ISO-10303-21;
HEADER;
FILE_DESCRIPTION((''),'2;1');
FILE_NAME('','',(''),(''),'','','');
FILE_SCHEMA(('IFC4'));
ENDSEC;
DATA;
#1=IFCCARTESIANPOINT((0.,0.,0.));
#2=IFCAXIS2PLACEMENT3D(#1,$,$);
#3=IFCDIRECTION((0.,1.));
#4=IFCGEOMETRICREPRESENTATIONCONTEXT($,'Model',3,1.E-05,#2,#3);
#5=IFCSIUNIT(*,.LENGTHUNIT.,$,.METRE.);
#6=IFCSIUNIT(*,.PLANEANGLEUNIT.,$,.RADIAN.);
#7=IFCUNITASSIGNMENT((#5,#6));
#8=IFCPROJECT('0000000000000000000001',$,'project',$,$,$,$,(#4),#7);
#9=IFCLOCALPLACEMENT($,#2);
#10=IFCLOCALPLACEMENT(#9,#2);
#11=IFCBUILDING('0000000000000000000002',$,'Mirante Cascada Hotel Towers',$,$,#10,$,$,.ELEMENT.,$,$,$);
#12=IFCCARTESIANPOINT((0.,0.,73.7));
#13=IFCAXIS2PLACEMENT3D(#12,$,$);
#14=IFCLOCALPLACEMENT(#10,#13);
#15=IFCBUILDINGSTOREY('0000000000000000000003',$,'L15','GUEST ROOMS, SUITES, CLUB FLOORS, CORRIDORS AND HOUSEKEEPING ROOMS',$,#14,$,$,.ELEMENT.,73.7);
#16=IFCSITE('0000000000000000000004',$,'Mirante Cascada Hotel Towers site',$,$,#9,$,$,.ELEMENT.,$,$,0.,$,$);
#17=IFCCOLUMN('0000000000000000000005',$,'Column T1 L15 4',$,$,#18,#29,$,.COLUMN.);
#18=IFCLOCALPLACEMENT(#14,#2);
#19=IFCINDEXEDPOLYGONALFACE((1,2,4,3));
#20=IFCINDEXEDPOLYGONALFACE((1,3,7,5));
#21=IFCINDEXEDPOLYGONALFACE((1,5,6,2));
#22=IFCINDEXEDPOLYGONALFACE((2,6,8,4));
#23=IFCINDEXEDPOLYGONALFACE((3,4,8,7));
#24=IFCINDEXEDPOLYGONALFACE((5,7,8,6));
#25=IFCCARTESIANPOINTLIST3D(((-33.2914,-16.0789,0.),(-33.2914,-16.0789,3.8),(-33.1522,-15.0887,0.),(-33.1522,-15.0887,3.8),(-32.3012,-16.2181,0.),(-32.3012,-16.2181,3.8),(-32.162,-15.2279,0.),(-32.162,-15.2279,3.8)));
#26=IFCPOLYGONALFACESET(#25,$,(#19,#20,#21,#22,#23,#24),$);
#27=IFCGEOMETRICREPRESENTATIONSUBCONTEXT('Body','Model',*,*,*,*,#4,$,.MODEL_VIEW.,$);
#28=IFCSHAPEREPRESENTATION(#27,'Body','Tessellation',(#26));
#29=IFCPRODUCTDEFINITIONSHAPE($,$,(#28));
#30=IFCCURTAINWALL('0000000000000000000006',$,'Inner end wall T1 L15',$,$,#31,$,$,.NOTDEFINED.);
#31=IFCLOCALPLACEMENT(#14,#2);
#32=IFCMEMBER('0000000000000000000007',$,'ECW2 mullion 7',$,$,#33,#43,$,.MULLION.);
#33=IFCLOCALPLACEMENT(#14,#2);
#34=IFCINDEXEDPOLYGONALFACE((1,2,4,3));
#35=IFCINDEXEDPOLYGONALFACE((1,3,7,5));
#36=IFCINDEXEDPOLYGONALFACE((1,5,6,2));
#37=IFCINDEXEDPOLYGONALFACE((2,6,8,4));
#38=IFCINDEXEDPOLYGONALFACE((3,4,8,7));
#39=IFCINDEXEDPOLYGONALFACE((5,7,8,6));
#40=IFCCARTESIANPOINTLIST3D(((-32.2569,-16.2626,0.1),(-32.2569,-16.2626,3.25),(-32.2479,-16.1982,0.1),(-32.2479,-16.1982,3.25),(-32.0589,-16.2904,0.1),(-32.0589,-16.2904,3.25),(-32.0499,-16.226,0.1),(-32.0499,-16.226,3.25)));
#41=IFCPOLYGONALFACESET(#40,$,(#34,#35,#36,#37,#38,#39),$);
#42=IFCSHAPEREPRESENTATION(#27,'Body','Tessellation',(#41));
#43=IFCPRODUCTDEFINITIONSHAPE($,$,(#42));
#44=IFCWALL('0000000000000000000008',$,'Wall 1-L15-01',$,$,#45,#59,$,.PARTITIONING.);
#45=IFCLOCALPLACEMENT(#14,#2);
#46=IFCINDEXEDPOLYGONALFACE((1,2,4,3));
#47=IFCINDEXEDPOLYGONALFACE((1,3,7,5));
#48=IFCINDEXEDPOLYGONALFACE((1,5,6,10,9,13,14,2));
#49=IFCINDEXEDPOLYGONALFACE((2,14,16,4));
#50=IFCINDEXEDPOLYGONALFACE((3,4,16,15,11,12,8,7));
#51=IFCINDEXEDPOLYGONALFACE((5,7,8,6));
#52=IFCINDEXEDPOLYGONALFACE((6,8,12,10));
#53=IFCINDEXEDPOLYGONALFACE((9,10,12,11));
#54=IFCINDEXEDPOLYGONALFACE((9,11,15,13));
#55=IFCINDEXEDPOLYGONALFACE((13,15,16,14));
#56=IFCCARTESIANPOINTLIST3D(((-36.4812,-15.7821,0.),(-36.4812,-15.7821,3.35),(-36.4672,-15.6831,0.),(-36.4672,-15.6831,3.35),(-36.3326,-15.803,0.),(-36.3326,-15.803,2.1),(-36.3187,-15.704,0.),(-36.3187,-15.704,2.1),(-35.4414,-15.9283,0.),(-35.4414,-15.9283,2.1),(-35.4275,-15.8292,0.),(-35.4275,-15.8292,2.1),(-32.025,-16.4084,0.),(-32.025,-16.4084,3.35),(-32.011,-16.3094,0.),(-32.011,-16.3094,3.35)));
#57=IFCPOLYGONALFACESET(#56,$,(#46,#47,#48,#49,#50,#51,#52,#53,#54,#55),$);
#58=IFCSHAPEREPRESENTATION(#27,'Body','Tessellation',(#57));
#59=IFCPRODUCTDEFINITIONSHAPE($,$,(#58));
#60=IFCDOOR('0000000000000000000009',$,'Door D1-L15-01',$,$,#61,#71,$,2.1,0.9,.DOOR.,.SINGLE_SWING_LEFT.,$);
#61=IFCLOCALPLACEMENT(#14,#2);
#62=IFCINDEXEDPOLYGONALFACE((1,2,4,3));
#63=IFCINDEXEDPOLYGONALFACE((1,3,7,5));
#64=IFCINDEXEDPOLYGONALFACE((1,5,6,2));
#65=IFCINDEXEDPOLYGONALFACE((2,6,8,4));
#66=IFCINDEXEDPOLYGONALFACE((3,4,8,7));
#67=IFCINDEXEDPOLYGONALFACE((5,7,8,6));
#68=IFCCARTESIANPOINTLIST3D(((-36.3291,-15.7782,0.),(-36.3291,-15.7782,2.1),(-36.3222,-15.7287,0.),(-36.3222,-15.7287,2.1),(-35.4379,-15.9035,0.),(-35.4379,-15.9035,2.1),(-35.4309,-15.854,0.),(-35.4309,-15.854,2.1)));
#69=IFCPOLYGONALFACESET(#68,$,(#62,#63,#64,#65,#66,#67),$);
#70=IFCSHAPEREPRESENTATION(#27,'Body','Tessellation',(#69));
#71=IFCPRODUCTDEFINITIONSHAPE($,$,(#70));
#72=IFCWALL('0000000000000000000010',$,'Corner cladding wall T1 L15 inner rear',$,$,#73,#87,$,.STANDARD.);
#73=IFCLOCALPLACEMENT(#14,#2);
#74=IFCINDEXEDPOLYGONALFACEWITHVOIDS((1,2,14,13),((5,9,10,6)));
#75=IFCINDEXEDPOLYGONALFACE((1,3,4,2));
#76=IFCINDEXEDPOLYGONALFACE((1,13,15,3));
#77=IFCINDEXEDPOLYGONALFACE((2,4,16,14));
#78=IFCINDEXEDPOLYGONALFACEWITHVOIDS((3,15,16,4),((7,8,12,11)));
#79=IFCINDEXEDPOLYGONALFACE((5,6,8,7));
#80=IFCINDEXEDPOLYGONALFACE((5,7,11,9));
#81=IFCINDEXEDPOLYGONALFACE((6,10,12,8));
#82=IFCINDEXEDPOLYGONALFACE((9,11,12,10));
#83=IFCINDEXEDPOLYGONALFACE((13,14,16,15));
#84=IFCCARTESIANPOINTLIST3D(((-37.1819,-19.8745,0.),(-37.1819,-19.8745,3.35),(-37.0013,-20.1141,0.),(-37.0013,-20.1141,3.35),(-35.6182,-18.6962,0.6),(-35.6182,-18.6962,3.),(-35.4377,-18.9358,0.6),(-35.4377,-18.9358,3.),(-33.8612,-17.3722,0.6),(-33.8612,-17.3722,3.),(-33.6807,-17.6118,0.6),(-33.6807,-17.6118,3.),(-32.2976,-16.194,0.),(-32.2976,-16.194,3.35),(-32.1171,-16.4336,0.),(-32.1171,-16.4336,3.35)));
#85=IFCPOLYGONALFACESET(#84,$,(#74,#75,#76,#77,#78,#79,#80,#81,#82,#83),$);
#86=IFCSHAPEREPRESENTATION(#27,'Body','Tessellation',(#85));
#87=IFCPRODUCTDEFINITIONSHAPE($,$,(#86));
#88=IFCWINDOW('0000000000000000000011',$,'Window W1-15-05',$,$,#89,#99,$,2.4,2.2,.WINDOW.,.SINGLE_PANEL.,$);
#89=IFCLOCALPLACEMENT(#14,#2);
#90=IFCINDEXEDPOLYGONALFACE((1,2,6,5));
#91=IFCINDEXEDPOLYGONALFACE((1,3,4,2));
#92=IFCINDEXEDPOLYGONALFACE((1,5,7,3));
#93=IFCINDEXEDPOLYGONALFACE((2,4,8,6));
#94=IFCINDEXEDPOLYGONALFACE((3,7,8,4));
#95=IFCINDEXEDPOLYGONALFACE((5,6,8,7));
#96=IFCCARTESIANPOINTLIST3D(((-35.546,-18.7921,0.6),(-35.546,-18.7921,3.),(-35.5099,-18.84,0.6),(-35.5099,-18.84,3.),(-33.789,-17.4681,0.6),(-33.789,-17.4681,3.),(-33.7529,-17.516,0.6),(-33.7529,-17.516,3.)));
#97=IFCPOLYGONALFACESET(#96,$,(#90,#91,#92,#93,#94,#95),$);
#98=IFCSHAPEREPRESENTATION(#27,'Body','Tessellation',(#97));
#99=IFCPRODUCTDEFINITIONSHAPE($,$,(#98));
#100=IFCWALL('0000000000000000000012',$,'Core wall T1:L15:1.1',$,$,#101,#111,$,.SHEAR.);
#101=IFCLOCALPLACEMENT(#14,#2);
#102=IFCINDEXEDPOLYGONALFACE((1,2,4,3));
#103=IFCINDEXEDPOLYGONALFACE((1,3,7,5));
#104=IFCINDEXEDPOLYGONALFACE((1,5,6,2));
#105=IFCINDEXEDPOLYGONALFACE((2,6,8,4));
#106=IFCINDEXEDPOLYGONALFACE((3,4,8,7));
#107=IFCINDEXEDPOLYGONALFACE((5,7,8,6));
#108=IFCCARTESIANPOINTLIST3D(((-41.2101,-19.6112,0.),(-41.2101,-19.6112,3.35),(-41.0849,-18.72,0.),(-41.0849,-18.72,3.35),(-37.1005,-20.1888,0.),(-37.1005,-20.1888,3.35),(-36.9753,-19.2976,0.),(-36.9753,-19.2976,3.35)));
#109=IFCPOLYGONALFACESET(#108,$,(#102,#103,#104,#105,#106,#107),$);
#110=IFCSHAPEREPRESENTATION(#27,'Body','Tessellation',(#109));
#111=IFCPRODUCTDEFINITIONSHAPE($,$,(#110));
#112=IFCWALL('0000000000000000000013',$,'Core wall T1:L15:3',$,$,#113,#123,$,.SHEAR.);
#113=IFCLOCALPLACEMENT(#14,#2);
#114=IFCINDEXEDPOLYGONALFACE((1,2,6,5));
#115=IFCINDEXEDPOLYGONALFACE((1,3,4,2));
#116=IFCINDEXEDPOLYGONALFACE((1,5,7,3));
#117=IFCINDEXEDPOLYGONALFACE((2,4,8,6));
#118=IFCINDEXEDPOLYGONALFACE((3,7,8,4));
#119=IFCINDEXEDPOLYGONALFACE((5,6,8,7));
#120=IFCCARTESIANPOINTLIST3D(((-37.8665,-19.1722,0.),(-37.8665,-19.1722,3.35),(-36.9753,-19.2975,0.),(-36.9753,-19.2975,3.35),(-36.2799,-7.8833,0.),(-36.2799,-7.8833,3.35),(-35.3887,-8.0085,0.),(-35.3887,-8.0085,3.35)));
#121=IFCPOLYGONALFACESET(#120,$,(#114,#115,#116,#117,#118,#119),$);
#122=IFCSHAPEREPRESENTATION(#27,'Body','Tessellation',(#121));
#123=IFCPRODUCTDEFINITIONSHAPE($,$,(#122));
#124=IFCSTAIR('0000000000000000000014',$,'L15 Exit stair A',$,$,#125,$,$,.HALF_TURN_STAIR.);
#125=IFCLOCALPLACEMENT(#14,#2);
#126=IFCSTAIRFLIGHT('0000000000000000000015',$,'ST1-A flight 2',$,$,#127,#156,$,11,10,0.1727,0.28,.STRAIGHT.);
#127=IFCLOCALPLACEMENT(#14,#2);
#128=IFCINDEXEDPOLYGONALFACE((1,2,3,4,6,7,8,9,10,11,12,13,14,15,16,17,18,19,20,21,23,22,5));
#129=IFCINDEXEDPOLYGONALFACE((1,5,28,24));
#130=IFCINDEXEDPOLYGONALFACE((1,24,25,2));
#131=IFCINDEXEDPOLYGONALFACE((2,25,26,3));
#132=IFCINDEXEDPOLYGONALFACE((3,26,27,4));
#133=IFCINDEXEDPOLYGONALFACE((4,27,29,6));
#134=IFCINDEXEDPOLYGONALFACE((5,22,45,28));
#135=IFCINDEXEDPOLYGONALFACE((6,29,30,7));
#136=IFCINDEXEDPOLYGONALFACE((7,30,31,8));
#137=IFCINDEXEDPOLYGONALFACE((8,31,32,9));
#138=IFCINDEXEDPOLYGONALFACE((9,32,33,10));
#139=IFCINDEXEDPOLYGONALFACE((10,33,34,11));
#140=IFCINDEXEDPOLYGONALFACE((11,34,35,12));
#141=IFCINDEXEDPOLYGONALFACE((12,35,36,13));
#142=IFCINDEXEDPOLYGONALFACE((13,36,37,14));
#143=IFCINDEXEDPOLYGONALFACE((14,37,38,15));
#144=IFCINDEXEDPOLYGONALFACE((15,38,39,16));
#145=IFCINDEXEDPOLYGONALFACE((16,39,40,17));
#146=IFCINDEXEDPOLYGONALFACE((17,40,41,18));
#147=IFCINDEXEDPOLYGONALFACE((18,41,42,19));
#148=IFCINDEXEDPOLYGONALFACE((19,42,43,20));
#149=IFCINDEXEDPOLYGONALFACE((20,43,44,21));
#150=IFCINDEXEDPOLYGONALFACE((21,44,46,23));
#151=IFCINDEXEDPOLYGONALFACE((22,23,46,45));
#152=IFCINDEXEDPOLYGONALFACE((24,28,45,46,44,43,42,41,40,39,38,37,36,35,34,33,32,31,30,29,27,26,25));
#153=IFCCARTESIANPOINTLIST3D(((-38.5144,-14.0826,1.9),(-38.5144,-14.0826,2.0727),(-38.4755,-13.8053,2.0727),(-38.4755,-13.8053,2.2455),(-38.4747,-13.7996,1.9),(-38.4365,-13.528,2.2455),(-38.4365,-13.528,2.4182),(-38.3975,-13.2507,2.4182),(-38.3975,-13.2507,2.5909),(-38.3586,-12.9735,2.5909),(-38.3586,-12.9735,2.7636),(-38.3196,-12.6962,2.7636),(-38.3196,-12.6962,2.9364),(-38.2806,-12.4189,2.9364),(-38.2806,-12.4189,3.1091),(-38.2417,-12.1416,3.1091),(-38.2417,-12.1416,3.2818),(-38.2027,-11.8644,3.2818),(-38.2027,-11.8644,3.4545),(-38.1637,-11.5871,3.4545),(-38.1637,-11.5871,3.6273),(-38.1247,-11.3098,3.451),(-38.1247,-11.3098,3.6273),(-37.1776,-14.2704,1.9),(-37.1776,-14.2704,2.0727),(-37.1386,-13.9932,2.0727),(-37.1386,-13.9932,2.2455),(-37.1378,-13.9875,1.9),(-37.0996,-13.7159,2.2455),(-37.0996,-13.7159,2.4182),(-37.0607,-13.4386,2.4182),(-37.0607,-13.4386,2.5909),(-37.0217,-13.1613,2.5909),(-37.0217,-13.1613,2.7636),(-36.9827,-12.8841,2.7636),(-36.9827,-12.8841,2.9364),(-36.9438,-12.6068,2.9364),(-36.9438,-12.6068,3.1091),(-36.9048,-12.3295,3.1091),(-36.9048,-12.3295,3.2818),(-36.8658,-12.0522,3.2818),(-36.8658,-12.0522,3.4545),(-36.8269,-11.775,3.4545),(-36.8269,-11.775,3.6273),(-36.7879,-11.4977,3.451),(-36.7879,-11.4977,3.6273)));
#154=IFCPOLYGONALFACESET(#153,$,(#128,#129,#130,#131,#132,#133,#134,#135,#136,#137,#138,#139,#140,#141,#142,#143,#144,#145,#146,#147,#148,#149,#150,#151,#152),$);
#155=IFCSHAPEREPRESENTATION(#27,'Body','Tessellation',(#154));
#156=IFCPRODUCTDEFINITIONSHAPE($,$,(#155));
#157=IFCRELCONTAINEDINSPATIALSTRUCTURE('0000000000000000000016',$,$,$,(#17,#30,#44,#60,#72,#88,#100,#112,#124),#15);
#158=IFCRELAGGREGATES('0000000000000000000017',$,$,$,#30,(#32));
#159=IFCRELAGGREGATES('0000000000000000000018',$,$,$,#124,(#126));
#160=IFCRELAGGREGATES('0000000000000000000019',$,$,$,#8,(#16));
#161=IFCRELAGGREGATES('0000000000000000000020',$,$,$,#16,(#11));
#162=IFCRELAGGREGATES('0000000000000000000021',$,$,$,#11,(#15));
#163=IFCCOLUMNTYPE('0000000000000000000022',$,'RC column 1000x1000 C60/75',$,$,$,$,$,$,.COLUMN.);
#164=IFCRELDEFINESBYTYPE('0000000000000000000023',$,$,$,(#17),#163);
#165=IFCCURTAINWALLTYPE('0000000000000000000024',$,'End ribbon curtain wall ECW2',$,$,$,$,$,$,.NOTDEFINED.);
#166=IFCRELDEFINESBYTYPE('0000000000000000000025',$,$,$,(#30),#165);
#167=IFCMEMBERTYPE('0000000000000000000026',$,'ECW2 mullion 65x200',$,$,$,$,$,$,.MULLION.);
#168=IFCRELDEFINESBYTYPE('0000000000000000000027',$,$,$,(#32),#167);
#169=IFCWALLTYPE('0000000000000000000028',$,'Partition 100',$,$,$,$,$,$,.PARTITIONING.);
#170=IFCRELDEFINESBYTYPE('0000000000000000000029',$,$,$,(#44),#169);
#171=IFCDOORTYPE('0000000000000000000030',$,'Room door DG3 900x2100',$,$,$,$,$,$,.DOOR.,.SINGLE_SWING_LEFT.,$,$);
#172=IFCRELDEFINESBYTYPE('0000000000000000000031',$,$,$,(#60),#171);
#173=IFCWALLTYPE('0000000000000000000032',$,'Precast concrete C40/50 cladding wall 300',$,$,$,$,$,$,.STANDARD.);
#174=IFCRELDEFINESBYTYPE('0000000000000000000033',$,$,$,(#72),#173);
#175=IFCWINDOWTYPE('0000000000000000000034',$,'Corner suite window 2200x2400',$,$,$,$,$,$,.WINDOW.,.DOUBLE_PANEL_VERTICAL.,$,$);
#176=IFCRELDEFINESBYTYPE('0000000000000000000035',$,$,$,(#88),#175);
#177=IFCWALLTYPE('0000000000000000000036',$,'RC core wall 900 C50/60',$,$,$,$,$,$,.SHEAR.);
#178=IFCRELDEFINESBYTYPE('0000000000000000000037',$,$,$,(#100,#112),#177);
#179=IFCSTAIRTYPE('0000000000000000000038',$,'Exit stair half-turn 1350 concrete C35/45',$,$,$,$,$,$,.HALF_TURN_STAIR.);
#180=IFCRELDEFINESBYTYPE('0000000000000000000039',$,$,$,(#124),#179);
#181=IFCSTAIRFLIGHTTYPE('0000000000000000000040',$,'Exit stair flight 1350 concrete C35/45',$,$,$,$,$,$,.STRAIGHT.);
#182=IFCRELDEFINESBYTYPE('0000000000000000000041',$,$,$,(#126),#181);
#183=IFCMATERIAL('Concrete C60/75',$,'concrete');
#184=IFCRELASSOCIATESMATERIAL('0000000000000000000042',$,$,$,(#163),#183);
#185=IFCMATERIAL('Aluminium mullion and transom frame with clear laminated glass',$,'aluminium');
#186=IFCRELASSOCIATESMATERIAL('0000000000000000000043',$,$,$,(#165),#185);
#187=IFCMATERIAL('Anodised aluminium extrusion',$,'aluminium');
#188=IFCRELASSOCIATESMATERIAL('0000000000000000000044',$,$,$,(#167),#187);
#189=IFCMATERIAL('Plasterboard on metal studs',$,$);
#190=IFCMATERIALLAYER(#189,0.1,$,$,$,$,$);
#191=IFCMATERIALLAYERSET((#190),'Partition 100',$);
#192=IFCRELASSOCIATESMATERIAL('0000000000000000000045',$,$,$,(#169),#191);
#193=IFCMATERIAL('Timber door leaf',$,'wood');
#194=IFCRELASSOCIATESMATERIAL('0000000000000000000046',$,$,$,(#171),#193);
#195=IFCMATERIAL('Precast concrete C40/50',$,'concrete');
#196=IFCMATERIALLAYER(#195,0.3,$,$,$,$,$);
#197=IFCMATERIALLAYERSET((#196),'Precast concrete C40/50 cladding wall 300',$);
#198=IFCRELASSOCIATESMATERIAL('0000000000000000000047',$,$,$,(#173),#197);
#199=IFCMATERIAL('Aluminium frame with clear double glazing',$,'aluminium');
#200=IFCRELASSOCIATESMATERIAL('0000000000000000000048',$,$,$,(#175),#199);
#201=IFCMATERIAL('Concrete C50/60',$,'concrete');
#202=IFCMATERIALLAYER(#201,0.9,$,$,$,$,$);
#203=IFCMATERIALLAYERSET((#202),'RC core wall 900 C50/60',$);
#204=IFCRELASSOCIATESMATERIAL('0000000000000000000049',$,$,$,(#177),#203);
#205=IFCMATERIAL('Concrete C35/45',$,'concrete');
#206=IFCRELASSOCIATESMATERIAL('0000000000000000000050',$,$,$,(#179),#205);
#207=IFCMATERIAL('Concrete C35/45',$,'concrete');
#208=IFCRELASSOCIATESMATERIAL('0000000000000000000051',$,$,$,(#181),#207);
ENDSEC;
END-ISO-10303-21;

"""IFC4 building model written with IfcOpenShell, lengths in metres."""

from ifc_helpers import new_model, si_unit, direction, frame, frame_2d, origin, origin_2d, place, context, subcontext, project, spatial, polyline, rectangle, outline, extrude, material, layer, layer_set, material_profile, profile_set, type_object, element, fill, aggregate, save


model = new_model("IFC4")

# Units and contexts
model_context = context("Model", 3, precision=1e-05, world=origin(), true_north=direction((0.0, 1.0)))
body_context = subcontext(model_context, "Body", "Model", "MODEL_VIEW")
ifc_project = project(units=[si_unit("LENGTHUNIT", "METRE"), si_unit("PLANEANGLEUNIT", "RADIAN")], contexts=[model_context])

# Site, building, storey
site_placement = place(None, origin())
site = spatial("IfcSite", under=ifc_project, at=site_placement, Name="Mirante Cascada Hotel Towers site", CompositionType="ELEMENT", RefElevation=0.0)
building_placement = place(site_placement, origin())
building = spatial("IfcBuilding", under=site, at=building_placement, Name="Mirante Cascada Hotel Towers", CompositionType="ELEMENT")
storey_placement = place(building_placement, frame((0.0, 0.0, 73.7)))
storey = spatial("IfcBuildingStorey", under=building, at=storey_placement, Name="L15", Description="GUEST ROOMS, SUITES, CLUB FLOORS, CORRIDORS AND HOUSEKEEPING ROOMS", CompositionType="ELEMENT", Elevation=73.7)

# Column
ifc_material_1 = material(Name="Concrete C60/75", Category="concrete")
ifc_material_profile_1 = material_profile(ifc_material_1, rectangle(XDim=1.0, YDim=1.0, at=origin_2d()), Name="RC column 1000x1000 C60/75")
ifc_profile_set_1 = profile_set([ifc_material_profile_1], Name="Concrete C60/75")
column_type = type_object("IfcColumnType", Name="RC column 1000x1000 C60/75", PredefinedType="COLUMN", material=ifc_profile_set_1)
column_placement = place(storey_placement, frame((-32.7267, -15.6534, 0.0), z_axis=(0.0, 0.0, 1.0), x_axis=(-0.990268, 0.139173, 0.0)))
element("IfcColumn", 1, at=column_placement, inside=storey, type_object=column_type, Name="Column T1 L15 4", PredefinedType="COLUMN", context=body_context, shape_type="SweptSolid", body=[
    extrude(rectangle(XDim=1.0, YDim=1.0, at=origin_2d()), origin(), (0.0, 0.0, 1.0), 3.8),
])

# Curtain wall, member
ifc_material_2 = material(Name="Aluminium mullion and transom frame with clear laminated glass", Category="aluminium")
curtain_wall_type = type_object("IfcCurtainWallType", Name="End ribbon curtain wall ECW2", PredefinedType="NOTDEFINED", material=ifc_material_2)
curtain_wall_placement = place(storey_placement, origin())
curtain_wall = element("IfcCurtainWall", 2, at=curtain_wall_placement, inside=storey, type_object=curtain_wall_type, Name="Inner end wall T1 L15", PredefinedType="NOTDEFINED")
ifc_material_3 = material(Name="Anodised aluminium extrusion", Category="aluminium")
ifc_material_profile_2 = material_profile(ifc_material_3, rectangle(XDim=0.2, YDim=0.065, at=origin_2d()), Name="ECW2 MULLION 65x200")
ifc_profile_set_2 = profile_set([ifc_material_profile_2], Name="Anodised aluminium extrusion")
member_type = type_object("IfcMemberType", Name="ECW2 mullion 65x200", PredefinedType="MULLION", material=ifc_profile_set_2)
member_placement = place(storey_placement, frame((-32.1534, -16.2443, 0.1), z_axis=(0.0, 0.0, 1.0), x_axis=(0.990268, -0.139173, 0.0)))
member = element("IfcMember", 3, at=member_placement, type_object=member_type, Name="ECW2 mullion 7", PredefinedType="MULLION", context=body_context, shape_type="SweptSolid", body=[
    extrude(rectangle(XDim=0.2, YDim=0.065, at=origin_2d()), origin(), (0.0, 0.0, 1.0), 3.15),
])
aggregate(curtain_wall, [member])

# Wall, opening, door
ifc_material_4 = material(Name="Plasterboard on metal studs")
ifc_layer_1 = layer(ifc_material_4, 0.1)
ifc_layer_set_1 = layer_set([ifc_layer_1], Name="Partition 100")
wall_type_1 = type_object("IfcWallType", Name="Partition 100", PredefinedType="PARTITIONING", material=ifc_layer_set_1)
wall_1_placement = place(storey_placement, frame((-36.4742, -15.7326, 0.0), z_axis=(0.0, 0.0, 1.0), x_axis=(0.990267, -0.139178, 0.0)))
wall_1 = element("IfcWall", 4, at=wall_1_placement, inside=storey, type_object=wall_type_1, Name="Wall 1-L15-01", PredefinedType="PARTITIONING", context=body_context, shape_type="SweptSolid", body=[
    extrude(rectangle(XDim=4.5, YDim=0.1, at=frame_2d((2.25, 0.0))), origin(), (0.0, 0.0, 1.0), 3.35),
])
opening_1_placement = place(wall_1_placement, frame((0.15, 0.0, 0.0)))
opening_1 = element("IfcOpeningElement", 5, at=opening_1_placement, cuts=wall_1, PredefinedType="OPENING", context=body_context, shape_type="SweptSolid", body=[
    extrude(rectangle(XDim=0.9, YDim=2.1, at=frame_2d((0.45, 1.05))), frame((0.0, 0.05, 0.0), z_axis=(0.0, -1.0, 0.0), x_axis=(1.0, 0.0, 0.0)), (0.0, 0.0, 1.0), 0.1),
])
ifc_material_5 = material(Name="Timber door leaf", Category="wood")
door_type = type_object("IfcDoorType", Name="Room door DG3 900x2100", OperationType="SINGLE_SWING_LEFT", PredefinedType="DOOR", material=ifc_material_5)
door_placement = place(opening_1_placement, origin())
door = element("IfcDoor", 6, at=door_placement, inside=storey, type_object=door_type, Name="Door D1-L15-01", OperationType="SINGLE_SWING_LEFT", OverallHeight=2.1, OverallWidth=0.9, PredefinedType="DOOR", context=body_context, shape_type="SweptSolid", body=[
    extrude(rectangle(XDim=0.9, YDim=2.1, at=frame_2d((0.45, 1.05))), frame((0.0, 0.025, 0.0), z_axis=(0.0, -1.0, 0.0), x_axis=(1.0, 0.0, 0.0)), (0.0, 0.0, 1.0), 0.05),
])
fill(opening_1, door)

# Wall, opening, window
ifc_material_6 = material(Name="Precast concrete C40/50", Category="concrete")
ifc_layer_2 = layer(ifc_material_6, 0.3)
ifc_layer_set_2 = layer_set([ifc_layer_2], Name="Precast concrete C40/50 cladding wall 300")
wall_type_2 = type_object("IfcWallType", Name="Precast concrete C40/50 cladding wall 300", PredefinedType="STANDARD", material=ifc_layer_set_2)
wall_2_placement = place(storey_placement, frame((-32.2074, -16.3138, 0.0), z_axis=(0.0, 0.0, 1.0), x_axis=(-0.798636, -0.601814, 0.0)))
wall_2 = element("IfcWall", 7, at=wall_2_placement, inside=storey, type_object=wall_type_2, Name="Corner cladding wall T1 L15 inner rear", PredefinedType="STANDARD", context=body_context, shape_type="SweptSolid", body=[
    extrude(rectangle(XDim=6.1157, YDim=0.3, at=frame_2d((3.0578, 0.0))), origin(), (0.0, 0.0, 1.0), 3.35),
])
opening_2_placement = place(wall_2_placement, frame((1.9578, 0.0, 0.6)))
opening_2 = element("IfcOpeningElement", 8, at=opening_2_placement, cuts=wall_2, PredefinedType="OPENING", context=body_context, shape_type="SweptSolid", body=[
    extrude(rectangle(XDim=2.2, YDim=2.4, at=frame_2d((1.1, 1.2))), frame((0.0, 0.15, 0.0), z_axis=(0.0, -1.0, 0.0), x_axis=(1.0, 0.0, 0.0)), (0.0, 0.0, 1.0), 0.3),
])
ifc_material_7 = material(Name="Aluminium frame with clear double glazing", Category="aluminium")
window_type = type_object("IfcWindowType", Name="Corner suite window 2200x2400", PartitioningType="DOUBLE_PANEL_VERTICAL", PredefinedType="WINDOW", material=ifc_material_7)
window_placement = place(opening_2_placement, origin())
window = element("IfcWindow", 9, at=window_placement, inside=storey, type_object=window_type, Name="Window W1-15-05", OverallHeight=2.4, OverallWidth=2.2, PartitioningType="SINGLE_PANEL", PredefinedType="WINDOW", context=body_context, shape_type="SweptSolid", body=[
    extrude(rectangle(XDim=2.2, YDim=2.4, at=frame_2d((1.1, 1.2))), frame((0.0, 0.03, 0.0), z_axis=(0.0, -1.0, 0.0), x_axis=(1.0, 0.0, 0.0)), (0.0, 0.0, 1.0), 0.06),
])
fill(opening_2, window)

# Walls
ifc_material_8 = material(Name="Concrete C50/60", Category="concrete")
ifc_layer_3 = layer(ifc_material_8, 0.9)
ifc_layer_set_3 = layer_set([ifc_layer_3], Name="RC core wall 900 C50/60")
wall_type_3 = type_object("IfcWallType", Name="RC core wall 900 C50/60", PredefinedType="SHEAR", material=ifc_layer_set_3)
wall_3_placement = place(storey_placement, frame((-37.0379, -19.7432, 0.0), z_axis=(0.0, 0.0, 1.0), x_axis=(-0.990267, 0.139181, 0.0)))
element("IfcWall", 10, at=wall_3_placement, inside=storey, type_object=wall_type_3, Name="Core wall T1:L15:1.1", PredefinedType="SHEAR", context=body_context, shape_type="SweptSolid", body=[
    extrude(rectangle(XDim=4.15, YDim=0.9, at=frame_2d((2.075, 0.0))), origin(), (0.0, 0.0, 1.0), 3.35),
])
wall_4_placement = place(storey_placement, frame((-37.4209, -19.2349, 0.0), z_axis=(0.0, 0.0, 1.0), x_axis=(0.139176, 0.990268, 0.0)))
element("IfcWall", 11, at=wall_4_placement, inside=storey, type_object=wall_type_3, Name="Core wall T1:L15:3", PredefinedType="SHEAR", context=body_context, shape_type="SweptSolid", body=[
    extrude(rectangle(XDim=11.3999, YDim=0.9, at=frame_2d((5.7, 0.0))), origin(), (0.0, 0.0, 1.0), 3.35),
])

# Stair, stair flight
ifc_material_9 = material(Name="Concrete C35/45", Category="concrete")
stair_type = type_object("IfcStairType", Name="Exit stair half-turn 1350 concrete C35/45", PredefinedType="HALF_TURN_STAIR", material=ifc_material_9)
stair_placement = place(storey_placement, origin())
stair = element("IfcStair", 12, at=stair_placement, inside=storey, type_object=stair_type, Name="L15 Exit stair A", PredefinedType="HALF_TURN_STAIR")
ifc_material_10 = material(Name="Concrete C35/45", Category="concrete")
stair_flight_type = type_object("IfcStairFlightType", Name="Exit stair flight 1350 concrete C35/45", PredefinedType="STRAIGHT", material=ifc_material_10)
stair_flight_placement = place(storey_placement, frame((-37.846, -14.1765, 1.9), z_axis=(0.0, 0.0, 1.0), x_axis=(0.139173, 0.990268, 0.0)))
stair_flight = element("IfcStairFlight", 13, at=stair_flight_placement, type_object=stair_flight_type, Name="ST1-A flight 2", NumberOfRisers=11, NumberOfTreads=10, PredefinedType="STRAIGHT", RiserHeight=0.1727, TreadLength=0.28, context=body_context, shape_type="SweptSolid", body=[
    extrude(outline(polyline([(0.0, 0.0), (0.0, 0.1727), (0.28, 0.1727), (0.28, 0.3455), (0.56, 0.3455), (0.56, 0.5182), (0.84, 0.5182), (0.84, 0.6909), (1.12, 0.6909), (1.12, 0.8636), (1.4, 0.8636), (1.4, 1.0364), (1.68, 1.0364), (1.68, 1.2091), (1.96, 1.2091), (1.96, 1.3818), (2.24, 1.3818), (2.24, 1.5545), (2.52, 1.5545), (2.52, 1.7273), (2.8, 1.7273), (2.8, 1.9), (2.8, 1.551), (0.2857, 0.0), (0.0, 0.0)])), frame((0.0, 0.675, 0.0), z_axis=(0.0, -1.0, 0.0), x_axis=(1.0, 0.0, 0.0)), (0.0, 0.0, 1.0), 1.35),
])
aggregate(stair, [stair_flight])

save(model, "model.ifc")
